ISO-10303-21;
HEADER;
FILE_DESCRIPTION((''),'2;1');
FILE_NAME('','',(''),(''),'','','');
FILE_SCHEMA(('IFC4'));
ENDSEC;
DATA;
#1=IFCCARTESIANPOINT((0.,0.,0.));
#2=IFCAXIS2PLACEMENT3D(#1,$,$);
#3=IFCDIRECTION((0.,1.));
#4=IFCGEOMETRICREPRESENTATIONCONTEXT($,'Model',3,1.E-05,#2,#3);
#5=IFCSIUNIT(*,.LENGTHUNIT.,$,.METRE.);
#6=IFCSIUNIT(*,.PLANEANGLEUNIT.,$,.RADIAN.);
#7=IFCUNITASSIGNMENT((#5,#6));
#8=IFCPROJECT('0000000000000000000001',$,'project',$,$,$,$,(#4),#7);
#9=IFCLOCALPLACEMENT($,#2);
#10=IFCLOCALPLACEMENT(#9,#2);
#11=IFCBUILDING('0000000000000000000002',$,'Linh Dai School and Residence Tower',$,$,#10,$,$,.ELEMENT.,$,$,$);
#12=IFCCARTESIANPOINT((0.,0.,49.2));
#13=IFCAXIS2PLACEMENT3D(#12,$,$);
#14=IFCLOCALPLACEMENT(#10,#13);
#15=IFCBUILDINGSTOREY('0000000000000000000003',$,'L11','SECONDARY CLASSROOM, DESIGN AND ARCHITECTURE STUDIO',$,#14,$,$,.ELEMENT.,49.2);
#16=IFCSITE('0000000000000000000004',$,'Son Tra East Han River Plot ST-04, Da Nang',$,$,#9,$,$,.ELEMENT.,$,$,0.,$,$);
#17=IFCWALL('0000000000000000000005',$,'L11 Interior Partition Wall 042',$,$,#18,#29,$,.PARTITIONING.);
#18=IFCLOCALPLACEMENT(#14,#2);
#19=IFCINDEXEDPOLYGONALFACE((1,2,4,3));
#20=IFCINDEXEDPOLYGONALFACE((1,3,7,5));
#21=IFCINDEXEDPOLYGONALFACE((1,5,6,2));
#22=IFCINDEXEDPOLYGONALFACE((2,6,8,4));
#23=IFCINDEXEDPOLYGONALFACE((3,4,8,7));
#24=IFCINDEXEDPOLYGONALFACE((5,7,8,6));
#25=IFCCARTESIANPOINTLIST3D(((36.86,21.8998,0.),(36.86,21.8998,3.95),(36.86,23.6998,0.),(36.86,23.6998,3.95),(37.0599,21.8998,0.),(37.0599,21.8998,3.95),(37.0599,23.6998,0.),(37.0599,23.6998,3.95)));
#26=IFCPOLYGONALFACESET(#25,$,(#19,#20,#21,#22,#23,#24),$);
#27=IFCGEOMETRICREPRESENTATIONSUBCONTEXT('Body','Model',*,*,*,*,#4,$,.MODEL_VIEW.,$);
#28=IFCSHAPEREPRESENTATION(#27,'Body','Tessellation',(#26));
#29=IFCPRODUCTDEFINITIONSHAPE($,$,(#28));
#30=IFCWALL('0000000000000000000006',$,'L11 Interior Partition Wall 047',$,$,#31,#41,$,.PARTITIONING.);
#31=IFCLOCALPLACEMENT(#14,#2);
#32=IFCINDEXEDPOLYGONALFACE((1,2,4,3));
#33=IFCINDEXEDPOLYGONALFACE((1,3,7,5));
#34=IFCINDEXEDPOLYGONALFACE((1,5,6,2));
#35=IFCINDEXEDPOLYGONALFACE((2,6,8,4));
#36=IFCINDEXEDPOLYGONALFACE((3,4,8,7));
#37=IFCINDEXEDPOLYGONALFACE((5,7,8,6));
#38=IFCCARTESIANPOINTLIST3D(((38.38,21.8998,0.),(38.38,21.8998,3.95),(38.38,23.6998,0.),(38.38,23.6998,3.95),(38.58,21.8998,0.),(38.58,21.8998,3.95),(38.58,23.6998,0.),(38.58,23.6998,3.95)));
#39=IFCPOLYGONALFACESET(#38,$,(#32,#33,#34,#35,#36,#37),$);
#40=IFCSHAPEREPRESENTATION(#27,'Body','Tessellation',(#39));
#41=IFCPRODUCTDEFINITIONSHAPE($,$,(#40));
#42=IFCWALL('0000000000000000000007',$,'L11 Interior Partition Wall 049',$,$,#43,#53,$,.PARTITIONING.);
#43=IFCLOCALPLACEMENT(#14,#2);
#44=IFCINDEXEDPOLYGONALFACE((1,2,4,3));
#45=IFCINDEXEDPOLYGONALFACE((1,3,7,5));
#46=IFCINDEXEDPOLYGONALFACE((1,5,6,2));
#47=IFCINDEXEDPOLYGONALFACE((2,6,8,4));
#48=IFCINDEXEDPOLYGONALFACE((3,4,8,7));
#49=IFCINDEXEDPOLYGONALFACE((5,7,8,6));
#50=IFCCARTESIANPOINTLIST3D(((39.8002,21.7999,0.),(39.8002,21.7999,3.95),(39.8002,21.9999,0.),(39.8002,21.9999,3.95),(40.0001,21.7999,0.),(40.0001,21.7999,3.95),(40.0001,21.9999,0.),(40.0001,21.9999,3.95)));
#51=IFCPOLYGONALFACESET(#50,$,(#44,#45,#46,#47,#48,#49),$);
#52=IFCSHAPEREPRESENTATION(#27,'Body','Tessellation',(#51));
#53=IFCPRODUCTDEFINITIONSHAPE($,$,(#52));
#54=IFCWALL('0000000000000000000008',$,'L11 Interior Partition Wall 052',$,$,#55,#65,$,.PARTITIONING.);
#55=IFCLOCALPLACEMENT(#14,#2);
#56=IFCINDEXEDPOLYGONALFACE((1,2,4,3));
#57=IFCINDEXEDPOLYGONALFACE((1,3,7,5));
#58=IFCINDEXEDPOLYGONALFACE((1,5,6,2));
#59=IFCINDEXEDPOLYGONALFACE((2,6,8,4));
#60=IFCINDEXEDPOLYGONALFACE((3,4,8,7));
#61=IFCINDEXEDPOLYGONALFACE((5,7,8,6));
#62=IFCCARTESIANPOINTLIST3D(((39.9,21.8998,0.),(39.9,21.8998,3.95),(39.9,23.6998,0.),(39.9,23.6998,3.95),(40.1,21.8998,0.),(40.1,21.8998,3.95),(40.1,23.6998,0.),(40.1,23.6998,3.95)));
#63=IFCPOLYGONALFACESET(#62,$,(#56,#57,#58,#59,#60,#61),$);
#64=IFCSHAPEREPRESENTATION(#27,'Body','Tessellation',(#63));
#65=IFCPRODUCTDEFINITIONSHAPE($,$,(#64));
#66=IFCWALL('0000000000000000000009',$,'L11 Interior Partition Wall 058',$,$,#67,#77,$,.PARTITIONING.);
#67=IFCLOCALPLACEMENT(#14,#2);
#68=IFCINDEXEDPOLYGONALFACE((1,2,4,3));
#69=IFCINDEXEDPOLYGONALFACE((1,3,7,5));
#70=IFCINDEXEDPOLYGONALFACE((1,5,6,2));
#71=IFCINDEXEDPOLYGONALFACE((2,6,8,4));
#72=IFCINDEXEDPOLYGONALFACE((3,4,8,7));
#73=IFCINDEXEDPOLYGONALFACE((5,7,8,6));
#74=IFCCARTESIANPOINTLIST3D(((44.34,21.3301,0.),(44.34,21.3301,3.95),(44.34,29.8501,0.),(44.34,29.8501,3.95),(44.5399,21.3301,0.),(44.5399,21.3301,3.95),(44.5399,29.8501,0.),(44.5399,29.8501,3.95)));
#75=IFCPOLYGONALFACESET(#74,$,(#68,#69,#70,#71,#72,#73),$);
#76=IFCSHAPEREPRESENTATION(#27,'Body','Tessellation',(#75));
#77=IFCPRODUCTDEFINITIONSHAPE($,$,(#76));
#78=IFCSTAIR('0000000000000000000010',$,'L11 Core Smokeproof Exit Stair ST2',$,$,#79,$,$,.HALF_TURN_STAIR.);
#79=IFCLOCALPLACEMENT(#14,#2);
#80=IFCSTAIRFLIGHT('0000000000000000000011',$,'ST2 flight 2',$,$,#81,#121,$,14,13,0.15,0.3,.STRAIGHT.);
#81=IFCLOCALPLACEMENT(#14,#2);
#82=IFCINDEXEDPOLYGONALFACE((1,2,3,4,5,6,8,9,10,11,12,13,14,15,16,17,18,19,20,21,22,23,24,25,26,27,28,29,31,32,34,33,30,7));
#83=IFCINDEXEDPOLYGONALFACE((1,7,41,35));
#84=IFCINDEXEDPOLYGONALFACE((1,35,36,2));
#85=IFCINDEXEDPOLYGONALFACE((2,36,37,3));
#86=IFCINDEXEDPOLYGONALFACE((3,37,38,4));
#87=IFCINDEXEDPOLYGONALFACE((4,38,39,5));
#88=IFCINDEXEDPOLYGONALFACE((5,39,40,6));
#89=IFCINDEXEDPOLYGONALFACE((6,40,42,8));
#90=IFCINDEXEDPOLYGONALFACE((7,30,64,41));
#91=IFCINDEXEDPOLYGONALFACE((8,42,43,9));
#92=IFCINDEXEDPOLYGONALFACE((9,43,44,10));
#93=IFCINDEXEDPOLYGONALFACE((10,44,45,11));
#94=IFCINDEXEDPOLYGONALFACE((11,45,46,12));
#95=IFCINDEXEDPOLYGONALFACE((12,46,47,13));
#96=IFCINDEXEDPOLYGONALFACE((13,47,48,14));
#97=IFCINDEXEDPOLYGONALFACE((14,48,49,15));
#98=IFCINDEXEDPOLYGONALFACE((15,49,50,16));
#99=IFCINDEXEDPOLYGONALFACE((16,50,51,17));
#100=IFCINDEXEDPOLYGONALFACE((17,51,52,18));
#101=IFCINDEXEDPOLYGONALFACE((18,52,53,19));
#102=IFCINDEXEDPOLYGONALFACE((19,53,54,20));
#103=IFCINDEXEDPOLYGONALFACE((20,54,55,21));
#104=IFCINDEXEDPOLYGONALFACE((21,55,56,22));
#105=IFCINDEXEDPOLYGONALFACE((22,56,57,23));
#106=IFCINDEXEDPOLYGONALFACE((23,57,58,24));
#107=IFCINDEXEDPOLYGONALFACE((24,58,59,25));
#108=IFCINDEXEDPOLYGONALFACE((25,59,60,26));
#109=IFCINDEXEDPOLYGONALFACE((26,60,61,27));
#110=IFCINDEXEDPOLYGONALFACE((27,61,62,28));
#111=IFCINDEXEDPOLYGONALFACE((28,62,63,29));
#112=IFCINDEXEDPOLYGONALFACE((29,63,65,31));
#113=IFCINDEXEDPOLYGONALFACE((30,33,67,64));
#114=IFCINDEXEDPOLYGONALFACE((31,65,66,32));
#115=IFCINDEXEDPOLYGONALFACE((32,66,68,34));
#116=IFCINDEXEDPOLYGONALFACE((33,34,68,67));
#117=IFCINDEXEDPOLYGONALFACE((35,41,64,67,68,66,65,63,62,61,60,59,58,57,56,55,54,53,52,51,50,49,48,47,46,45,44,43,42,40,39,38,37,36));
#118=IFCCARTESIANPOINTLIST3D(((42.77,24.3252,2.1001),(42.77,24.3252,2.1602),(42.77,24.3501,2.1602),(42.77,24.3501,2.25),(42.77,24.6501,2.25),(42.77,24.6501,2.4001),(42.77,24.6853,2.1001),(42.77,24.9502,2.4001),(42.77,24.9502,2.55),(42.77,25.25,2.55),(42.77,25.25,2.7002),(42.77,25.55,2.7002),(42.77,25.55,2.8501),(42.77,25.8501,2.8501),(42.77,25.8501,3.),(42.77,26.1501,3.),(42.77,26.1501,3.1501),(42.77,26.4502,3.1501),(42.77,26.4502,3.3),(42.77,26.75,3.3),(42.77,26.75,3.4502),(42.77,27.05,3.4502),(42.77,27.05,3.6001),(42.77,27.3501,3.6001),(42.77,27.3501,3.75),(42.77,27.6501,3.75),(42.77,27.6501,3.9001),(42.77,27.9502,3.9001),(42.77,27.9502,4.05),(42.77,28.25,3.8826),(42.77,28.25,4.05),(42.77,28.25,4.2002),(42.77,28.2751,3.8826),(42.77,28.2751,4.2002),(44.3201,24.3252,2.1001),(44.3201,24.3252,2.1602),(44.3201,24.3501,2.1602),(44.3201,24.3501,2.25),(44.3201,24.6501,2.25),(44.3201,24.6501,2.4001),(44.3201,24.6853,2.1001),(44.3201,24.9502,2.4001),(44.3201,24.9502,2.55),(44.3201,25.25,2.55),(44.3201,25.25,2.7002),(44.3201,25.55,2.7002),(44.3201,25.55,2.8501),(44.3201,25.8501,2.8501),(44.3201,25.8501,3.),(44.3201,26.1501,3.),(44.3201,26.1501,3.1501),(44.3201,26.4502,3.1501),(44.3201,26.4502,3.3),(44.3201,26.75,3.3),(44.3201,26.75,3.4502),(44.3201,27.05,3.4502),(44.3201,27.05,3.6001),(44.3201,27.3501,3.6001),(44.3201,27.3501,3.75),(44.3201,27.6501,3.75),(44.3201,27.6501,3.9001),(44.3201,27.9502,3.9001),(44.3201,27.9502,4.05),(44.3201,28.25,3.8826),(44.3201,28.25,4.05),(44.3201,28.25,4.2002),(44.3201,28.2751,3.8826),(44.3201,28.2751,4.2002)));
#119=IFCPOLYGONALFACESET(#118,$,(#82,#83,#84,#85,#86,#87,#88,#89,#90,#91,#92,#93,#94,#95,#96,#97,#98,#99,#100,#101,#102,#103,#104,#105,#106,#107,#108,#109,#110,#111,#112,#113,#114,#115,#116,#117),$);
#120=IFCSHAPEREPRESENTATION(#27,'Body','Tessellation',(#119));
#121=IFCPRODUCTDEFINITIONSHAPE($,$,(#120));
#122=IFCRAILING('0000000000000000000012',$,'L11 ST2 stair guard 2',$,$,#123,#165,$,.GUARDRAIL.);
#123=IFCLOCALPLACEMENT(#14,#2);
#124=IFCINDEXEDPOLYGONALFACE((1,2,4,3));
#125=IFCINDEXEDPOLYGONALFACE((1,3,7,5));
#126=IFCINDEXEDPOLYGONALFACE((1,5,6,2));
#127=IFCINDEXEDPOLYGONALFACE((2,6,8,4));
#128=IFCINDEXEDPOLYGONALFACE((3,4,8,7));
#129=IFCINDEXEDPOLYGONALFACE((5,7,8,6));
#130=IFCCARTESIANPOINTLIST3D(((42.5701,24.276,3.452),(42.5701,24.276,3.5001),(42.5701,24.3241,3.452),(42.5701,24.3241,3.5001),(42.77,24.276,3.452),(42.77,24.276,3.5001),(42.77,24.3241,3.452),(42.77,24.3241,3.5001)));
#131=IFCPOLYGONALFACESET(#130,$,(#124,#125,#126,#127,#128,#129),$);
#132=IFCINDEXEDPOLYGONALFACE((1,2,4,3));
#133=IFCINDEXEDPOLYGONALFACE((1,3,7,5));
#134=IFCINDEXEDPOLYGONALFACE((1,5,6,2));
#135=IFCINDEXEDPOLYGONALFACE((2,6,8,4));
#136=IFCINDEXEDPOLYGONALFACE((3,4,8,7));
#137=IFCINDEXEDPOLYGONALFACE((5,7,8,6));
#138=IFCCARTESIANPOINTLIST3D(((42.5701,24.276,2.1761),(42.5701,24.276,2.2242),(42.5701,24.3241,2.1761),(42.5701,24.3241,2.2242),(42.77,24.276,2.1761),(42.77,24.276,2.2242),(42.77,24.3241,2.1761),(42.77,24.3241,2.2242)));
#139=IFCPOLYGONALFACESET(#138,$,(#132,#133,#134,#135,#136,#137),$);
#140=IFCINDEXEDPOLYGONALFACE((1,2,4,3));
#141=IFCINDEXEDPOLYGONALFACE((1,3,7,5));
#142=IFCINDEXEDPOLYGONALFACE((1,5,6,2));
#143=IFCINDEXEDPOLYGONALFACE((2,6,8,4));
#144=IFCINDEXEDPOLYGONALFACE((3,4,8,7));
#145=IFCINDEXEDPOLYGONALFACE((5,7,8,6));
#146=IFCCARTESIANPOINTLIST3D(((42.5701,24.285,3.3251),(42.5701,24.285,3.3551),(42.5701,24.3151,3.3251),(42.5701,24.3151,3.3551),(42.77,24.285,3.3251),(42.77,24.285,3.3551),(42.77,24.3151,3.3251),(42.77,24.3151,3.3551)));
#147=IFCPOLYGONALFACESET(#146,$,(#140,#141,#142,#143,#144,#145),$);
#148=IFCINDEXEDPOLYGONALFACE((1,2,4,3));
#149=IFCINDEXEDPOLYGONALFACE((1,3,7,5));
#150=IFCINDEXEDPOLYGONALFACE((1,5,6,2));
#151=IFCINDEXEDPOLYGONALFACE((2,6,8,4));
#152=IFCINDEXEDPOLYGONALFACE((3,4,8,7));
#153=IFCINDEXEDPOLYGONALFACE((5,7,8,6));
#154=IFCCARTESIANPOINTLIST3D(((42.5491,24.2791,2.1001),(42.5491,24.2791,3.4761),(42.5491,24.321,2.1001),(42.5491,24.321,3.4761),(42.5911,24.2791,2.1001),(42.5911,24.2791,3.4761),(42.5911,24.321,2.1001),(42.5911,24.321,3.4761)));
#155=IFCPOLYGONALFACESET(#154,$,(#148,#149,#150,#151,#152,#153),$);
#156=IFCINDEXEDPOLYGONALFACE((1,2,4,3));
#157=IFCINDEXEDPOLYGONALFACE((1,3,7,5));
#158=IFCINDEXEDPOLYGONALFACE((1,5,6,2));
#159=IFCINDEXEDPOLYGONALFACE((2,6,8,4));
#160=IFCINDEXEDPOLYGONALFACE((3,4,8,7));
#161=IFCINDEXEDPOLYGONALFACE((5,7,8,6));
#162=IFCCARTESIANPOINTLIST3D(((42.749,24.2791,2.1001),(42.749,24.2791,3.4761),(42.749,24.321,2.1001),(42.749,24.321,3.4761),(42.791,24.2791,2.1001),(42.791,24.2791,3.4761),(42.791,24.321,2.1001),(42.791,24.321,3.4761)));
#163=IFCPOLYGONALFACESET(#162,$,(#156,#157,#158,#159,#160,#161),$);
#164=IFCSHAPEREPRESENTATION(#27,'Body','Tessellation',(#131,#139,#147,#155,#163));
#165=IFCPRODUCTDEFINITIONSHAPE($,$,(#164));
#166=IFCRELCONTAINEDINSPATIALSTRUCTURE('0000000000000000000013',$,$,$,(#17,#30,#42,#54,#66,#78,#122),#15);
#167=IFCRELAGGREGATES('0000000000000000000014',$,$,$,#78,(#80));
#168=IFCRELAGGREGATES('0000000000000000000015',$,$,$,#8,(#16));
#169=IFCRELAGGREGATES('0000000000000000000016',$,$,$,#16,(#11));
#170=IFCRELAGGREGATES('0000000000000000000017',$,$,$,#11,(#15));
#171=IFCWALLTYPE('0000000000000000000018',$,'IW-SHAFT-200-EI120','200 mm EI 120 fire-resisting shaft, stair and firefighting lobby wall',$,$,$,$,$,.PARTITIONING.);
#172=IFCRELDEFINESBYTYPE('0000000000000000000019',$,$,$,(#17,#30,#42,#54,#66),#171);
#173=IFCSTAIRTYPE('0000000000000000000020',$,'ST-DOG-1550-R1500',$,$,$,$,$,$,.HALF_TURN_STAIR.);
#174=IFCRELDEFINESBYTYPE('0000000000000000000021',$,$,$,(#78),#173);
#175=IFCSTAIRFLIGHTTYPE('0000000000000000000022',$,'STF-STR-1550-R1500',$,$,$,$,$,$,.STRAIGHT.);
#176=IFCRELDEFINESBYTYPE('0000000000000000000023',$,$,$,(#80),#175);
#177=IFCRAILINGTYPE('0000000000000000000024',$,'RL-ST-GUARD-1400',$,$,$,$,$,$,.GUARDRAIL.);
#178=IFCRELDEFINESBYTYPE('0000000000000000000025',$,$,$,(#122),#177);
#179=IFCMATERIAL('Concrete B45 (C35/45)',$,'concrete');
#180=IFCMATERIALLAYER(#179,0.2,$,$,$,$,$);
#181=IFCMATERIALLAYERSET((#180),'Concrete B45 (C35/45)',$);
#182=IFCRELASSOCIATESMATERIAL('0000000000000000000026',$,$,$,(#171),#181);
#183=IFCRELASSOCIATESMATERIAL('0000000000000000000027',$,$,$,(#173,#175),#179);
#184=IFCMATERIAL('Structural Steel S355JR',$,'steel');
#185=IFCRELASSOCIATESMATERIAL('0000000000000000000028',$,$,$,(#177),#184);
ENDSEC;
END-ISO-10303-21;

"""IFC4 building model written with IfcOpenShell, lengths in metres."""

from ifc_helpers import new_model, si_unit, direction, frame, frame_2d, origin, origin_2d, place, context, subcontext, project, spatial, polyline, rectangle, outline, extrude, source, transform, mapped, material, layer, layer_set, type_object, element, aggregate, save


model = new_model("IFC4")

# Units and contexts
model_context = context("Model", 3, precision=1e-05, world=origin(), true_north=direction((0.0, 1.0)))
body_context = subcontext(model_context, "Body", "Model", "MODEL_VIEW")
ifc_project = project(units=[si_unit("LENGTHUNIT", "METRE"), si_unit("PLANEANGLEUNIT", "RADIAN")], contexts=[model_context])

# Site, building, storey
site_placement = place(None, origin())
site = spatial("IfcSite", under=ifc_project, at=site_placement, Name="Son Tra East Han River Plot ST-04, Da Nang", CompositionType="ELEMENT", RefElevation=0.0)
building_placement = place(site_placement, origin())
building = spatial("IfcBuilding", under=site, at=building_placement, Name="Linh Dai School and Residence Tower", CompositionType="ELEMENT")
storey_placement = place(building_placement, frame((0.0, 0.0, 49.2)))
storey = spatial("IfcBuildingStorey", under=building, at=storey_placement, Name="L11", Description="SECONDARY CLASSROOM, DESIGN AND ARCHITECTURE STUDIO", CompositionType="ELEMENT", Elevation=49.2)

# Shared definitions
ifc_material_1 = material(Name="Structural Steel S355JR", Category="steel")

# Walls
ifc_material_2 = material(Name="Concrete B45 (C35/45)", Category="concrete")
ifc_layer_1 = layer(ifc_material_2, 0.2)
ifc_layer_set_1 = layer_set([ifc_layer_1], Name="Concrete B45 (C35/45)")
wall_type_1 = type_object("IfcWallType", Name="IW-SHAFT-200-EI120", Description="200 mm EI 120 fire-resisting shaft, stair and firefighting lobby wall", PredefinedType="PARTITIONING", material=ifc_layer_set_1)
for number, where, z_axis, x_axis, name in (
    (1, (36.96, 21.8999, 0.0), (0.0, 0.0, 1.0), (0.0, 1.0, 0.0), "L11 Interior Partition Wall 042"),
    (2, (38.48, 21.8999, 0.0), (0.0, 0.0, 1.0), (0.0, 1.0, 0.0), "L11 Interior Partition Wall 047"),
):
    element("IfcWall", number, at=place(storey_placement, frame(where, z_axis=z_axis, x_axis=x_axis)), inside=storey, type_object=wall_type_1, Name=name, PredefinedType="PARTITIONING", context=body_context, shape_type="SweptSolid", body=[
        extrude(rectangle(XDim=1.8, YDim=0.2, at=frame_2d((0.8999, 0.0))), origin(), (0.0, 0.0, 1.0), 3.95),
    ])
wall_1_placement = place(storey_placement, frame((39.8, 21.8999, 0.0), z_axis=(0.0, 0.0, 1.0), x_axis=(1.0, 0.0, 0.0)))
element("IfcWall", 3, at=wall_1_placement, inside=storey, type_object=wall_type_1, Name="L11 Interior Partition Wall 049", PredefinedType="PARTITIONING", context=body_context, shape_type="SweptSolid", body=[
    extrude(rectangle(XDim=0.2, YDim=0.2, at=frame_2d((0.1001, 0.0))), origin(), (0.0, 0.0, 1.0), 3.95),
])
wall_2_placement = place(storey_placement, frame((40.0, 21.8999, 0.0), z_axis=(0.0, 0.0, 1.0), x_axis=(0.0, 1.0, 0.0)))
element("IfcWall", 4, at=wall_2_placement, inside=storey, type_object=wall_type_1, Name="L11 Interior Partition Wall 052", PredefinedType="PARTITIONING", context=body_context, shape_type="SweptSolid", body=[
    extrude(rectangle(XDim=1.8, YDim=0.2, at=frame_2d((0.8999, 0.0))), origin(), (0.0, 0.0, 1.0), 3.95),
])
wall_3_placement = place(storey_placement, frame((44.4399, 21.3301, 0.0), z_axis=(0.0, 0.0, 1.0), x_axis=(0.0, 1.0, 0.0)))
element("IfcWall", 5, at=wall_3_placement, inside=storey, type_object=wall_type_1, Name="L11 Interior Partition Wall 058", PredefinedType="PARTITIONING", context=body_context, shape_type="SweptSolid", body=[
    extrude(rectangle(XDim=8.52, YDim=0.2, at=frame_2d((4.26, 0.0))), origin(), (0.0, 0.0, 1.0), 3.95),
])

# Stair, stair flight
stair_type = type_object("IfcStairType", Name="ST-DOG-1550-R1500", PredefinedType="HALF_TURN_STAIR", material=ifc_material_2)
stair_placement = place(storey_placement, origin())
stair = element("IfcStair", 6, at=stair_placement, inside=storey, type_object=stair_type, Name="L11 Core Smokeproof Exit Stair ST2", PredefinedType="HALF_TURN_STAIR")
stair_flight_type = type_object("IfcStairFlightType", Name="STF-STR-1550-R1500", PredefinedType="STRAIGHT", material=ifc_material_2)
shared_shape_1 = source(origin(), body_context, "Body", "SweptSolid", [
    extrude(outline(polyline([(-0.0249, 0.0), (-0.0249, 0.0601), (0.0, 0.0601), (0.0, 0.1499), (0.3, 0.1499), (0.3, 0.3), (0.6001, 0.3), (0.6001, 0.45), (0.8999, 0.45), (0.8999, 0.6001), (1.2, 0.6001), (1.2, 0.75), (1.5, 0.75), (1.5, 0.8999), (1.8, 0.8999), (1.8, 1.05), (2.1001, 1.05), (2.1001, 1.2), (2.3999, 1.2), (2.3999, 1.3501), (2.7, 1.3501), (2.7, 1.5), (3.0, 1.5), (3.0, 1.6499), (3.3, 1.6499), (3.3, 1.8), (3.6001, 1.8), (3.6001, 1.95), (3.8999, 1.95), (3.8999, 2.1001), (3.925, 2.1001), (3.925, 1.7825), (3.8999, 1.7825), (0.3352, 0.0), (-0.0249, 0.0)])), frame((0.0, 0.7749, 0.0), z_axis=(0.0, -1.0, 0.0), x_axis=(1.0, 0.0, 0.0)), (0.0, 0.0, 1.0), 1.55),
])
stair_flight_placement = place(storey_placement, frame((43.5449, 24.3501, 2.1001), z_axis=(0.0, 0.0, 1.0), x_axis=(0.0, 1.0, 0.0)))
stair_flight = element("IfcStairFlight", 7, at=stair_flight_placement, type_object=stair_flight_type, Name="ST2 flight 2", NumberOfRisers=14, NumberOfTreads=13, PredefinedType="STRAIGHT", RiserHeight=0.15, TreadLength=0.3, context=body_context, shape_type="MappedRepresentation", body=[
    mapped(shared_shape_1, transform((0.0, 0.0, 0.0), x_axis=(1.0, 0.0, 0.0), y_axis=(0.0, 1.0, 0.0), z_axis=(0.0, 0.0, 1.0), scale=1.0)),
])
aggregate(stair, [stair_flight])

# Railing
railing_type_1 = type_object("IfcRailingType", Name="RL-ST-GUARD-1400", PredefinedType="GUARDRAIL", material=ifc_material_1)
shared_shape_2 = source(origin(), body_context, "Body", "SweptSolid", [
    extrude(rectangle(XDim=0.0481, YDim=0.0481, at=origin_2d()), frame((0.0, 0.0, 1.376), z_axis=(1.0, 0.0, 0.0), x_axis=(0.0, 1.0, 0.0)), (0.0, 0.0, 1.0), 0.2),
    extrude(rectangle(XDim=0.0481, YDim=0.0481, at=origin_2d()), frame((0.0, 0.0, 0.1001), z_axis=(1.0, 0.0, 0.0), x_axis=(0.0, 1.0, 0.0)), (0.0, 0.0, 1.0), 0.2),
    extrude(rectangle(XDim=0.03, YDim=0.03, at=origin_2d()), frame((0.0, 0.0, 1.24), z_axis=(1.0, 0.0, 0.0), x_axis=(0.0, 1.0, 0.0)), (0.0, 0.0, 1.0), 0.2),
    extrude(rectangle(XDim=0.042, YDim=0.042, at=origin_2d()), origin(), (0.0, 0.0, 1.0), 1.376),
    extrude(rectangle(XDim=0.042, YDim=0.042, at=origin_2d()), frame((0.2, 0.0, 0.0)), (0.0, 0.0, 1.0), 1.376),
])
railing_1_placement = place(storey_placement, frame((42.5701, 24.3, 2.1001)))
element("IfcRailing", 8, at=railing_1_placement, inside=storey, type_object=railing_type_1, Name="L11 ST2 stair guard 2", PredefinedType="GUARDRAIL", context=body_context, shape_type="MappedRepresentation", body=[
    mapped(shared_shape_2, transform((0.0, 0.0, 0.0), x_axis=(1.0, 0.0, 0.0), y_axis=(0.0, 1.0, 0.0), z_axis=(0.0, 0.0, 1.0), scale=1.0)),
])

save(model, "model.ifc")
